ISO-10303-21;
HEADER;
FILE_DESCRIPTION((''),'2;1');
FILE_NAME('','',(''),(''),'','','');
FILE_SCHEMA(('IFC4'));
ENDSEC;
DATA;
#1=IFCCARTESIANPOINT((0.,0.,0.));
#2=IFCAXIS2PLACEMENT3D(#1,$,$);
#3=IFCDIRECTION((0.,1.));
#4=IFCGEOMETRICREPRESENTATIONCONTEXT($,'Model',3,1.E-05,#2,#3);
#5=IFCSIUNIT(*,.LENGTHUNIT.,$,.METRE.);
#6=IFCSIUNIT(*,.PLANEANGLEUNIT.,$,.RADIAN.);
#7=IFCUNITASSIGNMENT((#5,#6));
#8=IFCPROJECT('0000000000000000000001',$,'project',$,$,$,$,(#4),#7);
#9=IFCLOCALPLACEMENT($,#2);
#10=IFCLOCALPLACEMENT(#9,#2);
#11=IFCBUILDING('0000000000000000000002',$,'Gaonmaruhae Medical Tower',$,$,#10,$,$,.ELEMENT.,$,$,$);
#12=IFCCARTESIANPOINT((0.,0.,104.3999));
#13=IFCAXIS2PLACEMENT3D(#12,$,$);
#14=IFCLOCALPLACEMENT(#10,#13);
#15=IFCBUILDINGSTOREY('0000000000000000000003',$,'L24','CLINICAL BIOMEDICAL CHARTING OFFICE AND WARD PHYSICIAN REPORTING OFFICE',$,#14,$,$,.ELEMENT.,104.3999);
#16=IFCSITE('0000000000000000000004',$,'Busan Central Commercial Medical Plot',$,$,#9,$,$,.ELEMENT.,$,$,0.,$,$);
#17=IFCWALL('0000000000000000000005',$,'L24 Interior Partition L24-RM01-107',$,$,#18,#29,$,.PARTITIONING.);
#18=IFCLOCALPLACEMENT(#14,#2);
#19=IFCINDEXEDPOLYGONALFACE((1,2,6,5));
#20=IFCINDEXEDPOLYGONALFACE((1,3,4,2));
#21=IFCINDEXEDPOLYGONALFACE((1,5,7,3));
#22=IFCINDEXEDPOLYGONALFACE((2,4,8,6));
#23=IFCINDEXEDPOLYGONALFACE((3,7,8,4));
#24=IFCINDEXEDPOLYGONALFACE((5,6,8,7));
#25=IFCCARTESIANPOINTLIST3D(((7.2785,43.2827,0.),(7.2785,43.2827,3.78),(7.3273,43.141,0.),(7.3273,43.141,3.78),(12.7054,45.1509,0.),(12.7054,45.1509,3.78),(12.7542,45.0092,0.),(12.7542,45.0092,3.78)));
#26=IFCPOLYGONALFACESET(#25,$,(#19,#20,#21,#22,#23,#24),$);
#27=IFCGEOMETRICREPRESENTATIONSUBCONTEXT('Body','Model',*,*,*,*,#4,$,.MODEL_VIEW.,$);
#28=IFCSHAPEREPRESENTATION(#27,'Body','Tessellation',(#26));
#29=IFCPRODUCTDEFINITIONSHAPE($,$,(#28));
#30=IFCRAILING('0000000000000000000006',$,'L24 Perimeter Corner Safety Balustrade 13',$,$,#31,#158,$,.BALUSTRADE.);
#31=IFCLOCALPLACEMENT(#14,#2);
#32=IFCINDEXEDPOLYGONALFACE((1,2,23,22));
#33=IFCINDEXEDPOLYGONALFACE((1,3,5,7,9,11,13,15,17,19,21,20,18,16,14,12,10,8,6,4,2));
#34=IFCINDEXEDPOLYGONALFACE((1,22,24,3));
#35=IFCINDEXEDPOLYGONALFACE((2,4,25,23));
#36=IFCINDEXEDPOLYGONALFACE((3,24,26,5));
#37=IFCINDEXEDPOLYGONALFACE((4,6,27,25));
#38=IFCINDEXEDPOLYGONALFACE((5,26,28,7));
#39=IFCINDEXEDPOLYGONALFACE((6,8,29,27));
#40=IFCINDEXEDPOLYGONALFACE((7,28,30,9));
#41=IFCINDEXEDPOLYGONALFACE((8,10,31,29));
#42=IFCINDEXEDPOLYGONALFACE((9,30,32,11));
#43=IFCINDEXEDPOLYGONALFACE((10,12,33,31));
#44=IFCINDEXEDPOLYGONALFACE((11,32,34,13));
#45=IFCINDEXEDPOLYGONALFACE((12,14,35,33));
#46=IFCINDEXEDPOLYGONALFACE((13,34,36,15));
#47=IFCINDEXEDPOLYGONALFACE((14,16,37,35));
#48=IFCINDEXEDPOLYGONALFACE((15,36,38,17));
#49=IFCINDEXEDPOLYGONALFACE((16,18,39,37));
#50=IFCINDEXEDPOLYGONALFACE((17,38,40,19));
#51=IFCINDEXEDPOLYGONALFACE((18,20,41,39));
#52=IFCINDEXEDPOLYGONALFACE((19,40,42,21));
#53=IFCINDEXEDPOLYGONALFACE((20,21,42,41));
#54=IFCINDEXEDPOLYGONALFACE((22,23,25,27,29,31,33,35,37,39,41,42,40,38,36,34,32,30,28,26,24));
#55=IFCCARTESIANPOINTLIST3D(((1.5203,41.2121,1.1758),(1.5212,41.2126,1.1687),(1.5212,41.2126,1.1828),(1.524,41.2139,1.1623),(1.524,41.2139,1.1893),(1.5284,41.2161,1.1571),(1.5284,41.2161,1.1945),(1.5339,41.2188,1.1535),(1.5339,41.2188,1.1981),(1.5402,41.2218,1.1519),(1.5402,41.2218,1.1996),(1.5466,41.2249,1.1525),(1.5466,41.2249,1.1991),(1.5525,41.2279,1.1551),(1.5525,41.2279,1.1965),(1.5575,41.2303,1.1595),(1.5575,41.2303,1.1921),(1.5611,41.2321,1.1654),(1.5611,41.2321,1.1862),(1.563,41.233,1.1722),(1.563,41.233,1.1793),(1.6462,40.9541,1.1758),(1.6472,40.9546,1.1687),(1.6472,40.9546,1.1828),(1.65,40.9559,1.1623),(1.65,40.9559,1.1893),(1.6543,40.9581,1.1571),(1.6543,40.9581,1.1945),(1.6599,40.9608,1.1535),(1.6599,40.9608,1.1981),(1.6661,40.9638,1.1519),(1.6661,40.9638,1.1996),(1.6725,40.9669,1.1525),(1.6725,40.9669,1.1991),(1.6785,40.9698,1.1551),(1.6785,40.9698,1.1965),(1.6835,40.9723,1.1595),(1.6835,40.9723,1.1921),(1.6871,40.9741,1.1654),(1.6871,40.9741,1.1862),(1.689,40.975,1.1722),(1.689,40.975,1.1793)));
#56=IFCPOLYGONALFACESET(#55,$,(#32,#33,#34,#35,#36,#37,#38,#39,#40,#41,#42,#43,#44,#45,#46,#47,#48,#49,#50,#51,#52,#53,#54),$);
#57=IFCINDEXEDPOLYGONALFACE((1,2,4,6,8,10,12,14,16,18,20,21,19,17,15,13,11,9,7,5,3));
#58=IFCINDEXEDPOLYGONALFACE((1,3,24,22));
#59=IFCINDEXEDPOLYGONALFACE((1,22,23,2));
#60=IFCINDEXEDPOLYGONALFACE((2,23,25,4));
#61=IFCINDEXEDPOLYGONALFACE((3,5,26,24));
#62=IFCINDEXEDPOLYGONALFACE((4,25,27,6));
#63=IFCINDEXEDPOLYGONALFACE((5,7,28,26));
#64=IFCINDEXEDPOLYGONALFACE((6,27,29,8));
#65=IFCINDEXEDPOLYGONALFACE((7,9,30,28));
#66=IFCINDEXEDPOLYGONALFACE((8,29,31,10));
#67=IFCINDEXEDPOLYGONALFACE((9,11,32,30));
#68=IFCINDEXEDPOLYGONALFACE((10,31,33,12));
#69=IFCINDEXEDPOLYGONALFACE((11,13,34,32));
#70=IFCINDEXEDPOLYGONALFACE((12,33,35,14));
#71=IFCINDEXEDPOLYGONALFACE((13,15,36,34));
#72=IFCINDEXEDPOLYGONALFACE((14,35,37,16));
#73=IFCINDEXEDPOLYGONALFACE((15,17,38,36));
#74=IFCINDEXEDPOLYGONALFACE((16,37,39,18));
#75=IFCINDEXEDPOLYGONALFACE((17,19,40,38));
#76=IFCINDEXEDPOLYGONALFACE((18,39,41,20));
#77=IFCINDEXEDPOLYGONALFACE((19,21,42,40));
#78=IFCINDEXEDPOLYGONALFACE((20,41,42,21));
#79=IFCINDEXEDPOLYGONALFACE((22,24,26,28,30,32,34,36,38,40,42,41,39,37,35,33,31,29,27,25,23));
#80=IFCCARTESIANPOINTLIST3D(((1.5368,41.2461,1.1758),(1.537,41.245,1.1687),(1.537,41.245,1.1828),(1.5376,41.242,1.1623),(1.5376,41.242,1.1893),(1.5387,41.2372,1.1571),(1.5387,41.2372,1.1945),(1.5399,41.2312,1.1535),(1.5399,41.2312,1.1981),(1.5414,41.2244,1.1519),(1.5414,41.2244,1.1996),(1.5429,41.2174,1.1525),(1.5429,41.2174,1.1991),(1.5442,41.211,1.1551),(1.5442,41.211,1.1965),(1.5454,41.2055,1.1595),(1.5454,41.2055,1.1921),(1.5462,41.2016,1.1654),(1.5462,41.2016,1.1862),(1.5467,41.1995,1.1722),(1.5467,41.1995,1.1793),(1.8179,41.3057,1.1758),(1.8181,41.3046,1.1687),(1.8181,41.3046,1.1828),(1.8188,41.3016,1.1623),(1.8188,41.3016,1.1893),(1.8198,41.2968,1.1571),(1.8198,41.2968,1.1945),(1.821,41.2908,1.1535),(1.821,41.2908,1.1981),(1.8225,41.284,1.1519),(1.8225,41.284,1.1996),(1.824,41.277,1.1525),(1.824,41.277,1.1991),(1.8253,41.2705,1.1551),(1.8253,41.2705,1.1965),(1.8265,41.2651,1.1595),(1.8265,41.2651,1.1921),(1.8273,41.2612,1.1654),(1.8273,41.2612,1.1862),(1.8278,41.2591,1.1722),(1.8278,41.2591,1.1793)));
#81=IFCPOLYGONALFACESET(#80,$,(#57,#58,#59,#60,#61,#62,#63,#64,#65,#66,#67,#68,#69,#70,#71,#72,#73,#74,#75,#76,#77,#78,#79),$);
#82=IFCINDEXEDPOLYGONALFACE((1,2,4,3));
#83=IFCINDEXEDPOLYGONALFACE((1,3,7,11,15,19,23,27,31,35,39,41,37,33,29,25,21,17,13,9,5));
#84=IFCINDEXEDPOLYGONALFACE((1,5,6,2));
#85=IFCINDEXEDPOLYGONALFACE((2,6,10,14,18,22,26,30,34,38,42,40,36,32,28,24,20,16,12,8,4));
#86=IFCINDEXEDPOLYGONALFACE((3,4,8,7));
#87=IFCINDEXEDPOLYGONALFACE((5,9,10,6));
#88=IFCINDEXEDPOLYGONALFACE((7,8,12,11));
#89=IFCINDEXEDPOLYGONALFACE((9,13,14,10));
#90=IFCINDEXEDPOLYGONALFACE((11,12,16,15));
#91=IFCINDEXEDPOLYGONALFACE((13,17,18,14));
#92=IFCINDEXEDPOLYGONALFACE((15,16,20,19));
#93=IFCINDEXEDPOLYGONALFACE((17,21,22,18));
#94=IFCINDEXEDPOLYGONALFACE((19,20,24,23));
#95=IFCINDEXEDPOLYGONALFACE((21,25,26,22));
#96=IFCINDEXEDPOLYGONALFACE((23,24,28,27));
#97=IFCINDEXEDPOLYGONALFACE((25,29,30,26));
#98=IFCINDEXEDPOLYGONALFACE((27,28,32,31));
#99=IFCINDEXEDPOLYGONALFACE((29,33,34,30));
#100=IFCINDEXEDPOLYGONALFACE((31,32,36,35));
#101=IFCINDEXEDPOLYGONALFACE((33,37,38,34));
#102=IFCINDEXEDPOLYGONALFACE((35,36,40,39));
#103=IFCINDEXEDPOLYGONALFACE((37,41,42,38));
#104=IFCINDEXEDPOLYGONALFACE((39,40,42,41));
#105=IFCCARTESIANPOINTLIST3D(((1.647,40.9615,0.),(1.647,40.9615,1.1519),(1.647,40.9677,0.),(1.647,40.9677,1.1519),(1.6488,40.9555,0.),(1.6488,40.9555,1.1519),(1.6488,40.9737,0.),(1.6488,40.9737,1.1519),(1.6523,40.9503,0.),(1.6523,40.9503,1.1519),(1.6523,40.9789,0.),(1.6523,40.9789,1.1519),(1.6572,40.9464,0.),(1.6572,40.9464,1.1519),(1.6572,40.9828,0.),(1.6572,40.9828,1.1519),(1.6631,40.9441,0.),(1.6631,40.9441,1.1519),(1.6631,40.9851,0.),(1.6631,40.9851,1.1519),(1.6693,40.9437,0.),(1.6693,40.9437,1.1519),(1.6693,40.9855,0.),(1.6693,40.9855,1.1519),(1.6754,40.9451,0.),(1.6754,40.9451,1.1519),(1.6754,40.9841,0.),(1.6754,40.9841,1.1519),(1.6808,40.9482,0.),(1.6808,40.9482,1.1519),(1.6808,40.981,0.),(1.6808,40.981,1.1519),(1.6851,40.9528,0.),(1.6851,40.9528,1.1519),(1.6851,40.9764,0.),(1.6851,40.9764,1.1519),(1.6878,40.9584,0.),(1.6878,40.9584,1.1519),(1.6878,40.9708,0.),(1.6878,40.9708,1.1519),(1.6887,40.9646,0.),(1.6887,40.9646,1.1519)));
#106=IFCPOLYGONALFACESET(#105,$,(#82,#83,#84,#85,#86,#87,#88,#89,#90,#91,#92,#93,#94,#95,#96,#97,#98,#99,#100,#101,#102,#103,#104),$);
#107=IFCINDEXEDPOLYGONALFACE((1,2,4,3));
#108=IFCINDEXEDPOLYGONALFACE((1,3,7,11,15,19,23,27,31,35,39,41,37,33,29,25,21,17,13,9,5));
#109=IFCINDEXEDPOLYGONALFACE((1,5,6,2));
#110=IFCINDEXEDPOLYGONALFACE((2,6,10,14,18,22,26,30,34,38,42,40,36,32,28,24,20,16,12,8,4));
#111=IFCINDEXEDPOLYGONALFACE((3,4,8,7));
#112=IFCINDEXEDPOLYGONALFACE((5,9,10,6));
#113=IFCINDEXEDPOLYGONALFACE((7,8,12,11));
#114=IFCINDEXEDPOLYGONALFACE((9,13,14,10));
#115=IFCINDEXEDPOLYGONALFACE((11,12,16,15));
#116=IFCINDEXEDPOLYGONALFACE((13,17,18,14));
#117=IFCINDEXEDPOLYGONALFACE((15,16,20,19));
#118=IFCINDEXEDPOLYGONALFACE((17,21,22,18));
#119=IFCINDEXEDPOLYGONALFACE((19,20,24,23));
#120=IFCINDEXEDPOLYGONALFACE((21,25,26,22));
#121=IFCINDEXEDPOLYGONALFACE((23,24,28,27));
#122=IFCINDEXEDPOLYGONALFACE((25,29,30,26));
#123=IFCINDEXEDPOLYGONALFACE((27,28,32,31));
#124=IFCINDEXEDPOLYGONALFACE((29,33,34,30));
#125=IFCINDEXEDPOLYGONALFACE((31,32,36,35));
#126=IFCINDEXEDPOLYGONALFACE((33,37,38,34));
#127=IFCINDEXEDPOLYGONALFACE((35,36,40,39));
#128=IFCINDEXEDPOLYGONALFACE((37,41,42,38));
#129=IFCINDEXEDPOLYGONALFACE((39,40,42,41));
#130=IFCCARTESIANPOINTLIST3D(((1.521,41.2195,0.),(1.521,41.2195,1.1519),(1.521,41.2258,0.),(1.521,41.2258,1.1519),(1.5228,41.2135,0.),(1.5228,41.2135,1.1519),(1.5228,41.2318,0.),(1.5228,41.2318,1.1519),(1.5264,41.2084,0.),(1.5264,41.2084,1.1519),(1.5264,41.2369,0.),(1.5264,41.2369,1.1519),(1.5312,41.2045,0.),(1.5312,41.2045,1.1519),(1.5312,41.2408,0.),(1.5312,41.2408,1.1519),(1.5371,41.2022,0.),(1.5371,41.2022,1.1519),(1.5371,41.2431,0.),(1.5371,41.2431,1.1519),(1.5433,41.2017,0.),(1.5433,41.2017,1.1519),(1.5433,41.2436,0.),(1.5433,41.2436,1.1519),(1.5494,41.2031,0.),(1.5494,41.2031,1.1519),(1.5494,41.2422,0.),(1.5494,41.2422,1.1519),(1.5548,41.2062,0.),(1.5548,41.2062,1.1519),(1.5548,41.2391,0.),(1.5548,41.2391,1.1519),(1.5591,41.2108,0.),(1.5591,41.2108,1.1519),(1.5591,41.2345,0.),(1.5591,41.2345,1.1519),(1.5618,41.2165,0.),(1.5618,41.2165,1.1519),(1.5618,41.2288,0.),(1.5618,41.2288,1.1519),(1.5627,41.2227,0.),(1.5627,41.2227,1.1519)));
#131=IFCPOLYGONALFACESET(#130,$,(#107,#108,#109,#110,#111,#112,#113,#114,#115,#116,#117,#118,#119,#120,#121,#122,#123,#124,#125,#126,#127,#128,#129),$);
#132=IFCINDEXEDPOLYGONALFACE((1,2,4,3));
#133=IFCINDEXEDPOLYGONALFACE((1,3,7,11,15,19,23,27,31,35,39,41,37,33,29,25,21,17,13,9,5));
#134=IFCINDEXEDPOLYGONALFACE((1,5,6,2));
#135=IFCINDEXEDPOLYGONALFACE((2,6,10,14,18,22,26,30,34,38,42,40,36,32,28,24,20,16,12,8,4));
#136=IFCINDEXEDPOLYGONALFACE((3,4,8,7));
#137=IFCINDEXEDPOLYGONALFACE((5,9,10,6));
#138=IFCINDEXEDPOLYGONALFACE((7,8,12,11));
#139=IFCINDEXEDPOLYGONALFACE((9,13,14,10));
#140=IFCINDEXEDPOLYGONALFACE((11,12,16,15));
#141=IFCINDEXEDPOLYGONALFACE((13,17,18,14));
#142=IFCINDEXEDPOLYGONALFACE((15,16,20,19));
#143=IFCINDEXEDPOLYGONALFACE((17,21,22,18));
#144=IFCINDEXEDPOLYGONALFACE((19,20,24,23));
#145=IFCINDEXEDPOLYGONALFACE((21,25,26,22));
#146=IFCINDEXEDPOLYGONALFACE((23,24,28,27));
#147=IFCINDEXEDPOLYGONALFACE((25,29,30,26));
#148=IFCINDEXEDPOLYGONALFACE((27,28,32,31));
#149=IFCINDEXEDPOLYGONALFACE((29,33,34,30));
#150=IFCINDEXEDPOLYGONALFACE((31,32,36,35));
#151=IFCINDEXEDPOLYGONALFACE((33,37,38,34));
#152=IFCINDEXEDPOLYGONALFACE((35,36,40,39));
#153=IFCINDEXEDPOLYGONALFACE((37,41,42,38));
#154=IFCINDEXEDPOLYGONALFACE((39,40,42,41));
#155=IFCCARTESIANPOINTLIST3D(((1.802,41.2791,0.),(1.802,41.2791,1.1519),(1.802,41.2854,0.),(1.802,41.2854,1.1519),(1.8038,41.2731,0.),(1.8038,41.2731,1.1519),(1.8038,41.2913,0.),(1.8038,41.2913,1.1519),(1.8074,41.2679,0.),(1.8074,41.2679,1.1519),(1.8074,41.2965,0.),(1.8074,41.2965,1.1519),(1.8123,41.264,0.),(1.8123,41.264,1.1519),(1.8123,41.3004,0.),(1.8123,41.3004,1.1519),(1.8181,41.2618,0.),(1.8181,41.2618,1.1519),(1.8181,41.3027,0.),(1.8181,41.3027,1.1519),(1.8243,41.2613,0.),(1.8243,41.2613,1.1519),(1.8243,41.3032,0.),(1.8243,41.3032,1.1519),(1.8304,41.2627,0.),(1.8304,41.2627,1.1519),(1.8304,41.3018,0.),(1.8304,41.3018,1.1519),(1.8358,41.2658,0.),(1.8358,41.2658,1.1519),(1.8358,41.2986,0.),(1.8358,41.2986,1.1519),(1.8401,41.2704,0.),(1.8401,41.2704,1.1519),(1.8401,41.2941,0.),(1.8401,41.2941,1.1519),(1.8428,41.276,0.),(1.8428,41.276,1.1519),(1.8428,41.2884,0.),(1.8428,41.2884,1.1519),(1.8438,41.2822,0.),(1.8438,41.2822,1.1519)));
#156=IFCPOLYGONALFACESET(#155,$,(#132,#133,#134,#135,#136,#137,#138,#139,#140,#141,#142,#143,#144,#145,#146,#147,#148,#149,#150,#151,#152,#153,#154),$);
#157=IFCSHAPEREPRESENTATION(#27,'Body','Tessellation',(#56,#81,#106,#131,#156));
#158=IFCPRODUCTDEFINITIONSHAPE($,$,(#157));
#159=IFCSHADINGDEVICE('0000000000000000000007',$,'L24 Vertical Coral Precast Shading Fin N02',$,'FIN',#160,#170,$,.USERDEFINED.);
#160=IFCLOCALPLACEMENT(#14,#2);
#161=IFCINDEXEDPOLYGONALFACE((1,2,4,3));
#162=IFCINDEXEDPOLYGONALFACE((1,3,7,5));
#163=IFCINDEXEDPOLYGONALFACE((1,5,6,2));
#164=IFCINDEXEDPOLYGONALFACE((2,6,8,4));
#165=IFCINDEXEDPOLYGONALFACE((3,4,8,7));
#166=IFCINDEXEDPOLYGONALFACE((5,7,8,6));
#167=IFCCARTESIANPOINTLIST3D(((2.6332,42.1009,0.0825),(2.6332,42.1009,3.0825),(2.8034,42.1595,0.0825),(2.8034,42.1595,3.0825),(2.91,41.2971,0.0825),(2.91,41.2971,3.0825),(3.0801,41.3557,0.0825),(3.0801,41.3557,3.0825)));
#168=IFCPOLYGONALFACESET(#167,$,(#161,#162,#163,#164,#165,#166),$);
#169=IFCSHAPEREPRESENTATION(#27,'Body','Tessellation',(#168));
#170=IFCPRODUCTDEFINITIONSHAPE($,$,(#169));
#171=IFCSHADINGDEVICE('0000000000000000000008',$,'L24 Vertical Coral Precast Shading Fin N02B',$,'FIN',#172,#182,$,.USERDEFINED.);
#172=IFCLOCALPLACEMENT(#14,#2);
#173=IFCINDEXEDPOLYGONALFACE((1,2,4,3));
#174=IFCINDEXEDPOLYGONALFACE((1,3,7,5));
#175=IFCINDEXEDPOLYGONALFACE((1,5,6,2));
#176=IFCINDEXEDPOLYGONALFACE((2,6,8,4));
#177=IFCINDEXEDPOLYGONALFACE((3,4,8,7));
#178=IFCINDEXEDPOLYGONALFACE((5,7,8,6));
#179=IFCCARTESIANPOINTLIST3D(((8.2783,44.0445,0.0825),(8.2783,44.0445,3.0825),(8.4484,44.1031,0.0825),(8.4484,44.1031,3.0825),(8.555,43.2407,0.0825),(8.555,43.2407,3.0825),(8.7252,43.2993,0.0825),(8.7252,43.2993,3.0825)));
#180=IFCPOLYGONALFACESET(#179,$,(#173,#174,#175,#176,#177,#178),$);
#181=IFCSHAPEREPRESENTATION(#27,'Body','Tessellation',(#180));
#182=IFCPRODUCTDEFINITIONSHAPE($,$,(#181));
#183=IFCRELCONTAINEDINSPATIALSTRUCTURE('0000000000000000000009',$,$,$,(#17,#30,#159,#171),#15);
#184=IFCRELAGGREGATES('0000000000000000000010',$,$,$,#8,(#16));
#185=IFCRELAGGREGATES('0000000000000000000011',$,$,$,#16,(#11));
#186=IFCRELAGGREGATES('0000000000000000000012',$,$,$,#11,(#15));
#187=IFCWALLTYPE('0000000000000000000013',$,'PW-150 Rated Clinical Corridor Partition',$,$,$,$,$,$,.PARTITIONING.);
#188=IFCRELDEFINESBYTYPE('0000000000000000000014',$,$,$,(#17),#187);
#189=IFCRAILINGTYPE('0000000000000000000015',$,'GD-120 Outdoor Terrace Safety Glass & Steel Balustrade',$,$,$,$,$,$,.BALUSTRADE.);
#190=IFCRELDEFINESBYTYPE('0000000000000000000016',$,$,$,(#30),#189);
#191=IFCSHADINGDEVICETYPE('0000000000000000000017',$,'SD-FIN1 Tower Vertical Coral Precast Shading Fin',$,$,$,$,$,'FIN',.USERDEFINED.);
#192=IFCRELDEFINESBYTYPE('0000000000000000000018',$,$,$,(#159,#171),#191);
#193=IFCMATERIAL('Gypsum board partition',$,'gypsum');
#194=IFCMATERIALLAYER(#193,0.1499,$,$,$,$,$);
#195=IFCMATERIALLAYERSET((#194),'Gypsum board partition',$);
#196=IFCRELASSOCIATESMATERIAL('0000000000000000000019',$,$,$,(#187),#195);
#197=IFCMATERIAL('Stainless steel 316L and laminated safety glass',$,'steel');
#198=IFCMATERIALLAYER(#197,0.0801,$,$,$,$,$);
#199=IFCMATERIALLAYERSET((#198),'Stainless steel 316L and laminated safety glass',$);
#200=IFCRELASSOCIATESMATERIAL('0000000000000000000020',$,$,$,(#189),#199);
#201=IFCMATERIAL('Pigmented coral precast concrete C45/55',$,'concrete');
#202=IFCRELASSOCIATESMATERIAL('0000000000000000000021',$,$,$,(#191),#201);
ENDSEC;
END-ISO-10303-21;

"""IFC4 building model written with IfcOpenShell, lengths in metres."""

from ifc_helpers import new_model, si_unit, direction, frame, frame_2d, origin, origin_2d, place, context, subcontext, project, spatial, rectangle, circle, extrude, material, layer, layer_set, type_object, element, save


model = new_model("IFC4")

# Units and contexts
model_context = context("Model", 3, precision=1e-05, world=origin(), true_north=direction((0.0, 1.0)))
body_context = subcontext(model_context, "Body", "Model", "MODEL_VIEW")
ifc_project = project(units=[si_unit("LENGTHUNIT", "METRE"), si_unit("PLANEANGLEUNIT", "RADIAN")], contexts=[model_context])

# Site, building, storey
site_placement = place(None, origin())
site = spatial("IfcSite", under=ifc_project, at=site_placement, Name="Busan Central Commercial Medical Plot", CompositionType="ELEMENT", RefElevation=0.0)
building_placement = place(site_placement, origin())
building = spatial("IfcBuilding", under=site, at=building_placement, Name="Gaonmaruhae Medical Tower", CompositionType="ELEMENT")
storey_placement = place(building_placement, frame((0.0, 0.0, 104.3999)))
storey = spatial("IfcBuildingStorey", under=building, at=storey_placement, Name="L24", Description="CLINICAL BIOMEDICAL CHARTING OFFICE AND WARD PHYSICIAN REPORTING OFFICE", CompositionType="ELEMENT", Elevation=104.3999)

# Shared definitions
ifc_material_1 = material(Name="Gypsum board partition", Category="gypsum")
ifc_layer_1 = layer(ifc_material_1, 0.1499)
ifc_layer_set_1 = layer_set([ifc_layer_1], Name="Gypsum board partition")
wall_type_1 = type_object("IfcWallType", Name="PW-150 Rated Clinical Corridor Partition", PredefinedType="PARTITIONING", material=ifc_layer_set_1)

# Wall
wall_1_placement = place(storey_placement, frame((7.303, 43.2119, 0.0), z_axis=(0.0, 0.0, 1.0), x_axis=(0.945546, 0.32549, 0.0)))
element("IfcWall", 1, at=wall_1_placement, inside=storey, type_object=wall_type_1, Name="L24 Interior Partition L24-RM01-107", PredefinedType="PARTITIONING", context=body_context, shape_type="SweptSolid", body=[
    extrude(rectangle(XDim=5.7395, YDim=0.1499, at=frame_2d((2.8696, 0.0))), origin(), (0.0, 0.0, 1.0), 3.78),
])

# Railing
ifc_material_2 = material(Name="Stainless steel 316L and laminated safety glass", Category="steel")
ifc_layer_2 = layer(ifc_material_2, 0.0801)
ifc_layer_set_2 = layer_set([ifc_layer_2], Name="Stainless steel 316L and laminated safety glass")
railing_type = type_object("IfcRailingType", Name="GD-120 Outdoor Terrace Safety Glass & Steel Balustrade", PredefinedType="BALUSTRADE", material=ifc_layer_set_2)
railing_placement = place(storey_placement, frame((1.6677, 40.9646, 0.0)))
element("IfcRailing", 2, at=railing_placement, inside=storey, type_object=railing_type, Name="L24 Perimeter Corner Safety Balustrade 13", PredefinedType="BALUSTRADE", context=body_context, shape_type="SweptSolid", body=[
    extrude(circle(Radius=0.0239, at=origin_2d()), frame((0.0, 0.0, 1.1758), z_axis=(-0.438692, 0.898638, 0.0), x_axis=(-0.898638, -0.438692, 0.0)), (0.0, 0.0, 1.0), 0.2871),
    extrude(circle(Radius=0.0239, at=origin_2d()), frame((-0.126, 0.2581, 1.1758), z_axis=(0.97826, 0.207381, 0.0), x_axis=(-0.207381, 0.97826, 0.0)), (0.0, 0.0, 1.0), 0.2874),
    extrude(circle(Radius=0.021, at=origin_2d()), origin(), (0.0, 0.0, 1.0), 1.1519),
    extrude(circle(Radius=0.021, at=origin_2d()), frame((-0.126, 0.2581, 0.0)), (0.0, 0.0, 1.0), 1.1519),
    extrude(circle(Radius=0.021, at=origin_2d()), frame((0.155, 0.3176, 0.0)), (0.0, 0.0, 1.0), 1.1519),
])

# Shading devices
ifc_material_3 = material(Name="Pigmented coral precast concrete C45/55", Category="concrete")
shading_device_type = type_object("IfcShadingDeviceType", Name="SD-FIN1 Tower Vertical Coral Precast Shading Fin", ElementType="FIN", PredefinedType="USERDEFINED", material=ifc_material_3)
for number, where, z_axis, x_axis, name in (
    (3, (2.8567, 41.7283, 0.0825), (0.0, 0.0, 1.0), (0.945519, 0.325568, 0.0), "L24 Vertical Coral Precast Shading Fin N02"),
    (4, (8.5017, 43.6719, 0.0825), (0.0, 0.0, 1.0), (0.945519, 0.325568, 0.0), "L24 Vertical Coral Precast Shading Fin N02B"),
):
    element("IfcShadingDevice", number, at=place(storey_placement, frame(where, z_axis=z_axis, x_axis=x_axis)), inside=storey, type_object=shading_device_type, Name=name, ObjectType="FIN", PredefinedType="USERDEFINED", context=body_context, shape_type="SweptSolid", body=[
        extrude(rectangle(XDim=0.1799, YDim=0.8501, at=origin_2d()), origin(), (0.0, 0.0, 1.0), 3.0),
    ])

save(model, "model.ifc")
